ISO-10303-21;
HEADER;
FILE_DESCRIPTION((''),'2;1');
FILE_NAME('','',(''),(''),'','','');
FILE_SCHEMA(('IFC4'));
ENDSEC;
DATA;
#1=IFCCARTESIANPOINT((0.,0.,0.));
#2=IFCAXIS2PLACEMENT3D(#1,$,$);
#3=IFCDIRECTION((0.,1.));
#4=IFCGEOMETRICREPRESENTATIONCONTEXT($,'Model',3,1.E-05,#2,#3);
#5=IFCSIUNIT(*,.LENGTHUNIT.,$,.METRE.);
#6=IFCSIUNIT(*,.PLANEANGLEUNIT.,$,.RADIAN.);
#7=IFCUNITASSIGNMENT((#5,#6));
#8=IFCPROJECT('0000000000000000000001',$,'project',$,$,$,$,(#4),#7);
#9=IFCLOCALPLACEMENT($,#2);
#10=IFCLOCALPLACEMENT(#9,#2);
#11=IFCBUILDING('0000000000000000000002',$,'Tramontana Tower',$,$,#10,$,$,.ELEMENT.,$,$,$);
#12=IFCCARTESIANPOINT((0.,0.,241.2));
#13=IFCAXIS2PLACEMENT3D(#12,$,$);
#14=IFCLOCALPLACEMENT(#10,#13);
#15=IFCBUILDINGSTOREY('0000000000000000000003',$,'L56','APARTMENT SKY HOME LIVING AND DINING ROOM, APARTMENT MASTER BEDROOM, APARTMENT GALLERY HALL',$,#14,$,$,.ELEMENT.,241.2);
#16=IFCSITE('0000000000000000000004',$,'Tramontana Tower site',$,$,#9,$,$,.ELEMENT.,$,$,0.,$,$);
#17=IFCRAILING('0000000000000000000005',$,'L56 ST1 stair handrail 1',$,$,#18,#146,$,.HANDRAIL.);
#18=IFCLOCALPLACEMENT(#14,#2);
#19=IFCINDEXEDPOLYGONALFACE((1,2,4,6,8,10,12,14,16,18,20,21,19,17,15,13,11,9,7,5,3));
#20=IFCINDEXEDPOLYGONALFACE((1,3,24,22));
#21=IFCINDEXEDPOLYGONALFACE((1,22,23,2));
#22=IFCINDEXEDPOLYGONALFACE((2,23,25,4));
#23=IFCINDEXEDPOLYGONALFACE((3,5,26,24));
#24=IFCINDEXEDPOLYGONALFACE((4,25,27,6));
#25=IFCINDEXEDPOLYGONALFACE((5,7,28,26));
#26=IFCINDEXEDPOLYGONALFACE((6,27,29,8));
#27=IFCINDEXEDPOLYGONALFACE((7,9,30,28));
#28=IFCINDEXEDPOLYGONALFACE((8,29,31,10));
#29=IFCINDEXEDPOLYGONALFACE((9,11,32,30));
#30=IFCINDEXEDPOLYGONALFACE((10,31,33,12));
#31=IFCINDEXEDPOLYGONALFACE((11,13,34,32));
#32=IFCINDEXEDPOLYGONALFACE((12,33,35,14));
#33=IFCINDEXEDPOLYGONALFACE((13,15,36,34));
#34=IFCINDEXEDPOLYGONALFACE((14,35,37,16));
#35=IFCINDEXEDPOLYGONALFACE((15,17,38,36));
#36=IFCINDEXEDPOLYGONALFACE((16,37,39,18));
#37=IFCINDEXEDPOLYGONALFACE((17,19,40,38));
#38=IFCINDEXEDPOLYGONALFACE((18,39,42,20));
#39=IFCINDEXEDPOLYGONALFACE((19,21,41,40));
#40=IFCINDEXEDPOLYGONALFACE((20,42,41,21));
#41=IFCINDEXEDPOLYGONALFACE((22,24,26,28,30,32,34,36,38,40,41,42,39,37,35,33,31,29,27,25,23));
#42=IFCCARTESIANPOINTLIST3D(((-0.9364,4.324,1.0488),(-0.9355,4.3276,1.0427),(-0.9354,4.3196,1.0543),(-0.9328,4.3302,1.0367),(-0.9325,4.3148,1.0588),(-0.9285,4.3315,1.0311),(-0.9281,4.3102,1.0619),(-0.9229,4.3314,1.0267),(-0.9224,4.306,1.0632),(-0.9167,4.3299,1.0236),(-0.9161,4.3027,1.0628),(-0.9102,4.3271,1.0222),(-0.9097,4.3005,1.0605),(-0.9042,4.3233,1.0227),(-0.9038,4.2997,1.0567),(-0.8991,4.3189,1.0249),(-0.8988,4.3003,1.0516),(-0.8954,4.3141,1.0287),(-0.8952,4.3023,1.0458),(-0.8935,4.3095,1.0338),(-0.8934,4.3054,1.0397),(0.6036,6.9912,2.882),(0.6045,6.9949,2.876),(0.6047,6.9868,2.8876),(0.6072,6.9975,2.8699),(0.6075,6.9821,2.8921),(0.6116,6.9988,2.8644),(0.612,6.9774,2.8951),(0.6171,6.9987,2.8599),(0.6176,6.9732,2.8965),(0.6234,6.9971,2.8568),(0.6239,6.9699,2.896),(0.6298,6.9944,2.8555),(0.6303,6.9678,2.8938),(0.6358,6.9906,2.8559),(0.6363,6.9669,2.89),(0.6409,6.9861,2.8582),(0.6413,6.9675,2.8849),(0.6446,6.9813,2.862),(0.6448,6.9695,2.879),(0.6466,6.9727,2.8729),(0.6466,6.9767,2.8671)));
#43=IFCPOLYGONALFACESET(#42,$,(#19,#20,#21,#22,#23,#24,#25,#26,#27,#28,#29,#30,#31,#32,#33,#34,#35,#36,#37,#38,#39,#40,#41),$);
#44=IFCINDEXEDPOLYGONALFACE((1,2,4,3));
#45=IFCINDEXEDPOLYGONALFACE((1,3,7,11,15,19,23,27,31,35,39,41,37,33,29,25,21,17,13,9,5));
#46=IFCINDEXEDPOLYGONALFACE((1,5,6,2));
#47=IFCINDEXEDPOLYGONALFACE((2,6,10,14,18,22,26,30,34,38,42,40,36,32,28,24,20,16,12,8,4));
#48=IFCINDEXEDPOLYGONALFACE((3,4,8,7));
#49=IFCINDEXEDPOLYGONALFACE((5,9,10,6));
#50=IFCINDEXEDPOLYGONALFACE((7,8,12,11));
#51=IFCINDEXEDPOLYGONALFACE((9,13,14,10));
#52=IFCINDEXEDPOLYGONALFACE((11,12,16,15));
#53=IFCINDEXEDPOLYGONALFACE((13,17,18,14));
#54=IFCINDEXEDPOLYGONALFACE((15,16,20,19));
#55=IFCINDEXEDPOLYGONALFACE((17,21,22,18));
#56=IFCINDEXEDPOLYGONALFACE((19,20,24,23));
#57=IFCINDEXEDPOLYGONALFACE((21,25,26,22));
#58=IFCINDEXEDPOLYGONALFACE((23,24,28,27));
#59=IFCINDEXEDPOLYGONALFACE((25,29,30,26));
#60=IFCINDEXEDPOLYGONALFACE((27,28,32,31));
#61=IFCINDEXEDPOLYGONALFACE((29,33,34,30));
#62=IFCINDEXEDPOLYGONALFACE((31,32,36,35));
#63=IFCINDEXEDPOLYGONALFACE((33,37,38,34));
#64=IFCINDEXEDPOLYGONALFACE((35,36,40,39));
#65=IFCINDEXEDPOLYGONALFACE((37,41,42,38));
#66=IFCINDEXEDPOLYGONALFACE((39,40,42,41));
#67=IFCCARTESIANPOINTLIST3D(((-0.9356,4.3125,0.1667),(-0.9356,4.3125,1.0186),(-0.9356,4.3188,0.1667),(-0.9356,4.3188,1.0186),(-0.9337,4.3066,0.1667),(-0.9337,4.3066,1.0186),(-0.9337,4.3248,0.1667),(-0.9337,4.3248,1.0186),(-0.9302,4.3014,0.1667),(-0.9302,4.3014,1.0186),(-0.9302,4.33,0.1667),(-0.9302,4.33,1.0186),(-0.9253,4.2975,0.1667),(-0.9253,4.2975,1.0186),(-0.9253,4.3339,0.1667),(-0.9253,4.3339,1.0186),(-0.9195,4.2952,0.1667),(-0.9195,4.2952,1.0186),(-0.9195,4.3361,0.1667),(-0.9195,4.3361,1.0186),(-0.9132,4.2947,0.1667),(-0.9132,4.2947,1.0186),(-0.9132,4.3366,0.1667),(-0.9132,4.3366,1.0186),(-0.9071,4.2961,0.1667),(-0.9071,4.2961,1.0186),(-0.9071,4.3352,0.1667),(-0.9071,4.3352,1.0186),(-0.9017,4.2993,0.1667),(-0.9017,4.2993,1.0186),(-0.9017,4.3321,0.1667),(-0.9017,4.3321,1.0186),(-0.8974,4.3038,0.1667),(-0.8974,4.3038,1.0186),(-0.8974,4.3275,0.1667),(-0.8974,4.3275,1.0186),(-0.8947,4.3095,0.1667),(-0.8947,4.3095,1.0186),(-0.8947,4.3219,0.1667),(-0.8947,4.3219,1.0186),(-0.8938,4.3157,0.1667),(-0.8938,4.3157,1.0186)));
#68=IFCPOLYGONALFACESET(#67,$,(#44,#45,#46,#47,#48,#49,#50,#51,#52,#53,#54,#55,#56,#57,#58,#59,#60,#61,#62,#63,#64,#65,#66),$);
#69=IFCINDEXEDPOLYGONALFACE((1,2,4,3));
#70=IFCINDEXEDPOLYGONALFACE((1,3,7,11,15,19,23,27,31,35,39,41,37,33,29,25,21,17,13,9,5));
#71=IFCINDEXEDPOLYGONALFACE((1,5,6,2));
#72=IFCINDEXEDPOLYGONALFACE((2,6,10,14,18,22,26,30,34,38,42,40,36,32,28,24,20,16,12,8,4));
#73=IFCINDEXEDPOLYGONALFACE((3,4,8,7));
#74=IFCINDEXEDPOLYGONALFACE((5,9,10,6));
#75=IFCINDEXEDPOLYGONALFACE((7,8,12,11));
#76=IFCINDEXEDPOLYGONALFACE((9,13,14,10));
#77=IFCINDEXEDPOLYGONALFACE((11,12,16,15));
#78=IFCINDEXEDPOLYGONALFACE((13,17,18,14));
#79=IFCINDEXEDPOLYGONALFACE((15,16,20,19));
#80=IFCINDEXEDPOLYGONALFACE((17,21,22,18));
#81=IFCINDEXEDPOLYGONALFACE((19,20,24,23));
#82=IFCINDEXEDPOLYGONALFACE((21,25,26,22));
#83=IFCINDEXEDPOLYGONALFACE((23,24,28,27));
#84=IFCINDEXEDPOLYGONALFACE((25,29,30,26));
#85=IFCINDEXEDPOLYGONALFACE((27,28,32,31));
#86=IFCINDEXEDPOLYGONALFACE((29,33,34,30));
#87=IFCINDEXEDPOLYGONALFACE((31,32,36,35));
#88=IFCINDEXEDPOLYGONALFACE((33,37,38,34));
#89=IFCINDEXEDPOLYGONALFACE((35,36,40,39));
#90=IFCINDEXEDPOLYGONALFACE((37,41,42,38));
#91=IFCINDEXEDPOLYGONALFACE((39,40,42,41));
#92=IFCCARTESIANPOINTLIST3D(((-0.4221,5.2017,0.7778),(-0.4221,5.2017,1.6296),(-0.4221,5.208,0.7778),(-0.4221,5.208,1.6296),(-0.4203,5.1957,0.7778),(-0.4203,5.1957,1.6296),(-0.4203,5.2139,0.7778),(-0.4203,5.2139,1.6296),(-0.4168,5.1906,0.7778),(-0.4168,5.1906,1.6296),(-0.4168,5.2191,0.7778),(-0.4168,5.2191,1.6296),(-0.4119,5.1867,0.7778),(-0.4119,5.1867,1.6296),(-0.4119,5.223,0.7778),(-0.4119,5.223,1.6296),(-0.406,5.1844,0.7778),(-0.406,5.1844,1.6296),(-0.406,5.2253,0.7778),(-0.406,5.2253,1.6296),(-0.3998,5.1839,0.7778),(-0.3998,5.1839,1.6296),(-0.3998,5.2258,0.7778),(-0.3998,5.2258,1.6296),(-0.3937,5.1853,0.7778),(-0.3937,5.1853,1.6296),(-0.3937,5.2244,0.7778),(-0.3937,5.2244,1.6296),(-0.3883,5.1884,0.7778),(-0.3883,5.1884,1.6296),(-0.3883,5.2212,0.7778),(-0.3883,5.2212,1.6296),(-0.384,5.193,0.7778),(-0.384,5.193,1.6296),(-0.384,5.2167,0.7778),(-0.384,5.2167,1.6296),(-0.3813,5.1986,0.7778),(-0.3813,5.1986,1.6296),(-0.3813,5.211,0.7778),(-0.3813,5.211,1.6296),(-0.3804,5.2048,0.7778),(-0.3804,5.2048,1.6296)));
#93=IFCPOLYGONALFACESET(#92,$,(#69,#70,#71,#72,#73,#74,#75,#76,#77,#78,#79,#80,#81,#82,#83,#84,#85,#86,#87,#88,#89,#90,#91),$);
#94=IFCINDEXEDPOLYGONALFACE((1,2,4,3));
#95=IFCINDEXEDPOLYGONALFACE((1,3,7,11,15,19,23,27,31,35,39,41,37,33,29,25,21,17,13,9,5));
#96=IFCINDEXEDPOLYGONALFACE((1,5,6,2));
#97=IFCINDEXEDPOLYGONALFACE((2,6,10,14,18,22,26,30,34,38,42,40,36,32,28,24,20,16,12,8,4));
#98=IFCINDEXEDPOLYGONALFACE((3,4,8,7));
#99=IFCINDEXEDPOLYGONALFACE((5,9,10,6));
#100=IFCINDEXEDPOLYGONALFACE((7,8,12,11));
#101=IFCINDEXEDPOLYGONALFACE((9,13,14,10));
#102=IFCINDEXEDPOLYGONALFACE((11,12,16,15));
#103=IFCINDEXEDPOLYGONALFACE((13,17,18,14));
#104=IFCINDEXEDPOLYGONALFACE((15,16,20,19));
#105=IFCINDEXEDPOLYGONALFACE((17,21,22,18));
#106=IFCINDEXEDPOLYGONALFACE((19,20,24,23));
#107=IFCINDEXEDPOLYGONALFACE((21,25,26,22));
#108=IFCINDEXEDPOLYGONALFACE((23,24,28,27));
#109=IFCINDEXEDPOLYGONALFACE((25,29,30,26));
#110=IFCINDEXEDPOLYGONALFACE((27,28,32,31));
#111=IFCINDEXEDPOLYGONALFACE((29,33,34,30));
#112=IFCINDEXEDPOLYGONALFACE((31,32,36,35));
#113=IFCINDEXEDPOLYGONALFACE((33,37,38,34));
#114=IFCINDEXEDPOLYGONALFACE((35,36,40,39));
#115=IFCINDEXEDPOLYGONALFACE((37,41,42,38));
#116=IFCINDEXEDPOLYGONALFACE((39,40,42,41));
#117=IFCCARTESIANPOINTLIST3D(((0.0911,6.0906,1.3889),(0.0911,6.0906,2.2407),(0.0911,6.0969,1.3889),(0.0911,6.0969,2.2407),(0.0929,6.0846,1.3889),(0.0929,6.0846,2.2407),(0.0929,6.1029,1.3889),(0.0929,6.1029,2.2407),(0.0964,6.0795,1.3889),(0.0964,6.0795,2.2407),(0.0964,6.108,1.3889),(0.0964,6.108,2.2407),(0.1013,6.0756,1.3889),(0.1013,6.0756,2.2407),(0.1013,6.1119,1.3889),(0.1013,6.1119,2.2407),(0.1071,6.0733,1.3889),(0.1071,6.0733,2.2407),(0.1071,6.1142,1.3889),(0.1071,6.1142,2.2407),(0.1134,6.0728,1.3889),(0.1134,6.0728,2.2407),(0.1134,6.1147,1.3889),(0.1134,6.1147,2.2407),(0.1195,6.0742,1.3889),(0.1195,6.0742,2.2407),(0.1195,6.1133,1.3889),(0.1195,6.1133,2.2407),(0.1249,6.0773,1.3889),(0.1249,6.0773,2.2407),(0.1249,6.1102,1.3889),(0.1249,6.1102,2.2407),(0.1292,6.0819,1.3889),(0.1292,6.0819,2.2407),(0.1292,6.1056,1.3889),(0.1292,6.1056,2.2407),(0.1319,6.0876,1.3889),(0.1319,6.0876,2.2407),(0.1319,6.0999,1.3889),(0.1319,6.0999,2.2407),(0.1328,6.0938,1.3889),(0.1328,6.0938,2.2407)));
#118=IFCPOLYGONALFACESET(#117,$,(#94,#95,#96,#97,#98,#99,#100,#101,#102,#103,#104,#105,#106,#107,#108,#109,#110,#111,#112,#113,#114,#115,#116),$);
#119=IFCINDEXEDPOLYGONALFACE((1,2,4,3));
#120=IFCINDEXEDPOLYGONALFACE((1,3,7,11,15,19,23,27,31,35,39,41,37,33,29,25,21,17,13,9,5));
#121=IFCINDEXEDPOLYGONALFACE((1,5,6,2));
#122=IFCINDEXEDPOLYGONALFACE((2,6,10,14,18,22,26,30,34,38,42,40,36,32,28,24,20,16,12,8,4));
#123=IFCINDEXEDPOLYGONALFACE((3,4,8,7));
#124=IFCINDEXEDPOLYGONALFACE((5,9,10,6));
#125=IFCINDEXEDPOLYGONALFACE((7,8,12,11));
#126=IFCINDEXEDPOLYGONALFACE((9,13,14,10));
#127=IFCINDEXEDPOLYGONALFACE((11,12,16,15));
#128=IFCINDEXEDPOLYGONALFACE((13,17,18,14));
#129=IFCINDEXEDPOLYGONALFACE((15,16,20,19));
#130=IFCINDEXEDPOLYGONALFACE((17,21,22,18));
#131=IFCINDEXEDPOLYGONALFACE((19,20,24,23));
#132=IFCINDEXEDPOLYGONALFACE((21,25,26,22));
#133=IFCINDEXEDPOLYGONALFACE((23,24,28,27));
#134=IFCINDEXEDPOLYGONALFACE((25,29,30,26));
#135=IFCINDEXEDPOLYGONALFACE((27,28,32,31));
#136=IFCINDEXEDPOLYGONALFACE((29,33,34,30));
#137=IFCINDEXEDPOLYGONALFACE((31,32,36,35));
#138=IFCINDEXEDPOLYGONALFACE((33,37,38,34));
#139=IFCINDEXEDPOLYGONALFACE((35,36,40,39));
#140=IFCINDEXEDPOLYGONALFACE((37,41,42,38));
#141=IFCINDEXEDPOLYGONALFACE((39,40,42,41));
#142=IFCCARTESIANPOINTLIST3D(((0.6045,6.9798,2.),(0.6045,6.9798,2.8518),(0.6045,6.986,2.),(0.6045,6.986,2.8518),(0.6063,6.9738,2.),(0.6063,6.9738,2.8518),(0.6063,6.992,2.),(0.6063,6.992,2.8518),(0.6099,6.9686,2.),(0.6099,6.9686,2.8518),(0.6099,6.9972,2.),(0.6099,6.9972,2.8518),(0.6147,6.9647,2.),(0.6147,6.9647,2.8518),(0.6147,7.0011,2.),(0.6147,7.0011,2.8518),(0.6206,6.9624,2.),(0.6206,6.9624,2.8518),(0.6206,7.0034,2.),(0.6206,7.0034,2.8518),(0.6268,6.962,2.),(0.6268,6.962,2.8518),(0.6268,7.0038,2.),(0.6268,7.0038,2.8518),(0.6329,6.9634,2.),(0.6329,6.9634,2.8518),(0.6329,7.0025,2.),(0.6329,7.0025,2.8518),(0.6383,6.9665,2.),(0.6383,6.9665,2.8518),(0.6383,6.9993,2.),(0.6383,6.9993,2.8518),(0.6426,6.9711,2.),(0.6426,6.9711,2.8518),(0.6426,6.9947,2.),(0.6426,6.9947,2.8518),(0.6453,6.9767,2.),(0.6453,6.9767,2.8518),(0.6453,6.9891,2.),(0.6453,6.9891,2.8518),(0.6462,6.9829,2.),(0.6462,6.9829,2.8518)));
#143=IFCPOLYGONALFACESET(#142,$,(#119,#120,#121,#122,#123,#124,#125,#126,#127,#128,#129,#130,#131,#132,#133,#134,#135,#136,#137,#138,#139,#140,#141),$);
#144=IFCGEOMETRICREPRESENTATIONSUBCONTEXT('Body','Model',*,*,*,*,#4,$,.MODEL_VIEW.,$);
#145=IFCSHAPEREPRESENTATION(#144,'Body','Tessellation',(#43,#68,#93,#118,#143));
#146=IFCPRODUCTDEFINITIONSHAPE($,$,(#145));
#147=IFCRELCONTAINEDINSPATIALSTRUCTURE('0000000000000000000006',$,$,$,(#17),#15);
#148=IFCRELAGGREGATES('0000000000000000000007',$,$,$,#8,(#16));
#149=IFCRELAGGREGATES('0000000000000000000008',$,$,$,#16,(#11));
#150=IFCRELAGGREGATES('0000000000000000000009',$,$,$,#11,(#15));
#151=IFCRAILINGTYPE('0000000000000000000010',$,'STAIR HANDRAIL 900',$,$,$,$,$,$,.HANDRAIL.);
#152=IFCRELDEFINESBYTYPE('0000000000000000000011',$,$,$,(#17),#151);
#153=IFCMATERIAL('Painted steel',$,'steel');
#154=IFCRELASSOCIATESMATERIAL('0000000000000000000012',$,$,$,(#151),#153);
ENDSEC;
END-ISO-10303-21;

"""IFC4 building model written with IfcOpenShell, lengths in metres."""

from ifc_helpers import new_model, si_unit, direction, frame, origin, origin_2d, place, context, subcontext, project, spatial, circle, extrude, material, type_object, element, save


model = new_model("IFC4")

# Units and contexts
model_context = context("Model", 3, precision=1e-05, world=origin(), true_north=direction((0.0, 1.0)))
body_context = subcontext(model_context, "Body", "Model", "MODEL_VIEW")
ifc_project = project(units=[si_unit("LENGTHUNIT", "METRE"), si_unit("PLANEANGLEUNIT", "RADIAN")], contexts=[model_context])

# Site, building, storey
site_placement = place(None, origin())
site = spatial("IfcSite", under=ifc_project, at=site_placement, Name="Tramontana Tower site", CompositionType="ELEMENT", RefElevation=0.0)
building_placement = place(site_placement, origin())
building = spatial("IfcBuilding", under=site, at=building_placement, Name="Tramontana Tower", CompositionType="ELEMENT")
storey_placement = place(building_placement, frame((0.0, 0.0, 241.2)))
storey = spatial("IfcBuildingStorey", under=building, at=storey_placement, Name="L56", Description="APARTMENT SKY HOME LIVING AND DINING ROOM, APARTMENT MASTER BEDROOM, APARTMENT GALLERY HALL", CompositionType="ELEMENT", Elevation=241.2)

# Railing
ifc_material_1 = material(Name="Painted steel", Category="steel")
railing_type_1 = type_object("IfcRailingType", Name="STAIR HANDRAIL 900", PredefinedType="HANDRAIL", material=ifc_material_1)
railing_1_placement = place(storey_placement, frame((-0.9148, 4.3157, 0.1667)))
element("IfcRailing", 1, at=railing_1_placement, inside=storey, type_object=railing_type_1, Name="L56 ST1 stair handrail 1", PredefinedType="HANDRAIL", context=body_context, shape_type="SweptSolid", body=[
    extrude(circle(Radius=0.0239, at=origin_2d()), frame((0.0, 0.0, 0.876), z_axis=(0.429671, 0.744159, 0.511478), x_axis=(-0.86601, 0.500027, 0.0)), (0.0, 0.0, 1.0), 3.5842),
    extrude(circle(Radius=0.021, at=origin_2d()), origin(), (0.0, 0.0, 1.0), 0.8518),
    extrude(circle(Radius=0.021, at=origin_2d()), frame((0.5134, 0.8892, 0.6111)), (0.0, 0.0, 1.0), 0.8518),
    extrude(circle(Radius=0.021, at=origin_2d()), frame((1.0266, 1.7781, 1.2222)), (0.0, 0.0, 1.0), 0.8518),
    extrude(circle(Radius=0.021, at=origin_2d()), frame((1.54, 2.6672, 1.8333)), (0.0, 0.0, 1.0), 0.8518),
])

save(model, "model.ifc")
